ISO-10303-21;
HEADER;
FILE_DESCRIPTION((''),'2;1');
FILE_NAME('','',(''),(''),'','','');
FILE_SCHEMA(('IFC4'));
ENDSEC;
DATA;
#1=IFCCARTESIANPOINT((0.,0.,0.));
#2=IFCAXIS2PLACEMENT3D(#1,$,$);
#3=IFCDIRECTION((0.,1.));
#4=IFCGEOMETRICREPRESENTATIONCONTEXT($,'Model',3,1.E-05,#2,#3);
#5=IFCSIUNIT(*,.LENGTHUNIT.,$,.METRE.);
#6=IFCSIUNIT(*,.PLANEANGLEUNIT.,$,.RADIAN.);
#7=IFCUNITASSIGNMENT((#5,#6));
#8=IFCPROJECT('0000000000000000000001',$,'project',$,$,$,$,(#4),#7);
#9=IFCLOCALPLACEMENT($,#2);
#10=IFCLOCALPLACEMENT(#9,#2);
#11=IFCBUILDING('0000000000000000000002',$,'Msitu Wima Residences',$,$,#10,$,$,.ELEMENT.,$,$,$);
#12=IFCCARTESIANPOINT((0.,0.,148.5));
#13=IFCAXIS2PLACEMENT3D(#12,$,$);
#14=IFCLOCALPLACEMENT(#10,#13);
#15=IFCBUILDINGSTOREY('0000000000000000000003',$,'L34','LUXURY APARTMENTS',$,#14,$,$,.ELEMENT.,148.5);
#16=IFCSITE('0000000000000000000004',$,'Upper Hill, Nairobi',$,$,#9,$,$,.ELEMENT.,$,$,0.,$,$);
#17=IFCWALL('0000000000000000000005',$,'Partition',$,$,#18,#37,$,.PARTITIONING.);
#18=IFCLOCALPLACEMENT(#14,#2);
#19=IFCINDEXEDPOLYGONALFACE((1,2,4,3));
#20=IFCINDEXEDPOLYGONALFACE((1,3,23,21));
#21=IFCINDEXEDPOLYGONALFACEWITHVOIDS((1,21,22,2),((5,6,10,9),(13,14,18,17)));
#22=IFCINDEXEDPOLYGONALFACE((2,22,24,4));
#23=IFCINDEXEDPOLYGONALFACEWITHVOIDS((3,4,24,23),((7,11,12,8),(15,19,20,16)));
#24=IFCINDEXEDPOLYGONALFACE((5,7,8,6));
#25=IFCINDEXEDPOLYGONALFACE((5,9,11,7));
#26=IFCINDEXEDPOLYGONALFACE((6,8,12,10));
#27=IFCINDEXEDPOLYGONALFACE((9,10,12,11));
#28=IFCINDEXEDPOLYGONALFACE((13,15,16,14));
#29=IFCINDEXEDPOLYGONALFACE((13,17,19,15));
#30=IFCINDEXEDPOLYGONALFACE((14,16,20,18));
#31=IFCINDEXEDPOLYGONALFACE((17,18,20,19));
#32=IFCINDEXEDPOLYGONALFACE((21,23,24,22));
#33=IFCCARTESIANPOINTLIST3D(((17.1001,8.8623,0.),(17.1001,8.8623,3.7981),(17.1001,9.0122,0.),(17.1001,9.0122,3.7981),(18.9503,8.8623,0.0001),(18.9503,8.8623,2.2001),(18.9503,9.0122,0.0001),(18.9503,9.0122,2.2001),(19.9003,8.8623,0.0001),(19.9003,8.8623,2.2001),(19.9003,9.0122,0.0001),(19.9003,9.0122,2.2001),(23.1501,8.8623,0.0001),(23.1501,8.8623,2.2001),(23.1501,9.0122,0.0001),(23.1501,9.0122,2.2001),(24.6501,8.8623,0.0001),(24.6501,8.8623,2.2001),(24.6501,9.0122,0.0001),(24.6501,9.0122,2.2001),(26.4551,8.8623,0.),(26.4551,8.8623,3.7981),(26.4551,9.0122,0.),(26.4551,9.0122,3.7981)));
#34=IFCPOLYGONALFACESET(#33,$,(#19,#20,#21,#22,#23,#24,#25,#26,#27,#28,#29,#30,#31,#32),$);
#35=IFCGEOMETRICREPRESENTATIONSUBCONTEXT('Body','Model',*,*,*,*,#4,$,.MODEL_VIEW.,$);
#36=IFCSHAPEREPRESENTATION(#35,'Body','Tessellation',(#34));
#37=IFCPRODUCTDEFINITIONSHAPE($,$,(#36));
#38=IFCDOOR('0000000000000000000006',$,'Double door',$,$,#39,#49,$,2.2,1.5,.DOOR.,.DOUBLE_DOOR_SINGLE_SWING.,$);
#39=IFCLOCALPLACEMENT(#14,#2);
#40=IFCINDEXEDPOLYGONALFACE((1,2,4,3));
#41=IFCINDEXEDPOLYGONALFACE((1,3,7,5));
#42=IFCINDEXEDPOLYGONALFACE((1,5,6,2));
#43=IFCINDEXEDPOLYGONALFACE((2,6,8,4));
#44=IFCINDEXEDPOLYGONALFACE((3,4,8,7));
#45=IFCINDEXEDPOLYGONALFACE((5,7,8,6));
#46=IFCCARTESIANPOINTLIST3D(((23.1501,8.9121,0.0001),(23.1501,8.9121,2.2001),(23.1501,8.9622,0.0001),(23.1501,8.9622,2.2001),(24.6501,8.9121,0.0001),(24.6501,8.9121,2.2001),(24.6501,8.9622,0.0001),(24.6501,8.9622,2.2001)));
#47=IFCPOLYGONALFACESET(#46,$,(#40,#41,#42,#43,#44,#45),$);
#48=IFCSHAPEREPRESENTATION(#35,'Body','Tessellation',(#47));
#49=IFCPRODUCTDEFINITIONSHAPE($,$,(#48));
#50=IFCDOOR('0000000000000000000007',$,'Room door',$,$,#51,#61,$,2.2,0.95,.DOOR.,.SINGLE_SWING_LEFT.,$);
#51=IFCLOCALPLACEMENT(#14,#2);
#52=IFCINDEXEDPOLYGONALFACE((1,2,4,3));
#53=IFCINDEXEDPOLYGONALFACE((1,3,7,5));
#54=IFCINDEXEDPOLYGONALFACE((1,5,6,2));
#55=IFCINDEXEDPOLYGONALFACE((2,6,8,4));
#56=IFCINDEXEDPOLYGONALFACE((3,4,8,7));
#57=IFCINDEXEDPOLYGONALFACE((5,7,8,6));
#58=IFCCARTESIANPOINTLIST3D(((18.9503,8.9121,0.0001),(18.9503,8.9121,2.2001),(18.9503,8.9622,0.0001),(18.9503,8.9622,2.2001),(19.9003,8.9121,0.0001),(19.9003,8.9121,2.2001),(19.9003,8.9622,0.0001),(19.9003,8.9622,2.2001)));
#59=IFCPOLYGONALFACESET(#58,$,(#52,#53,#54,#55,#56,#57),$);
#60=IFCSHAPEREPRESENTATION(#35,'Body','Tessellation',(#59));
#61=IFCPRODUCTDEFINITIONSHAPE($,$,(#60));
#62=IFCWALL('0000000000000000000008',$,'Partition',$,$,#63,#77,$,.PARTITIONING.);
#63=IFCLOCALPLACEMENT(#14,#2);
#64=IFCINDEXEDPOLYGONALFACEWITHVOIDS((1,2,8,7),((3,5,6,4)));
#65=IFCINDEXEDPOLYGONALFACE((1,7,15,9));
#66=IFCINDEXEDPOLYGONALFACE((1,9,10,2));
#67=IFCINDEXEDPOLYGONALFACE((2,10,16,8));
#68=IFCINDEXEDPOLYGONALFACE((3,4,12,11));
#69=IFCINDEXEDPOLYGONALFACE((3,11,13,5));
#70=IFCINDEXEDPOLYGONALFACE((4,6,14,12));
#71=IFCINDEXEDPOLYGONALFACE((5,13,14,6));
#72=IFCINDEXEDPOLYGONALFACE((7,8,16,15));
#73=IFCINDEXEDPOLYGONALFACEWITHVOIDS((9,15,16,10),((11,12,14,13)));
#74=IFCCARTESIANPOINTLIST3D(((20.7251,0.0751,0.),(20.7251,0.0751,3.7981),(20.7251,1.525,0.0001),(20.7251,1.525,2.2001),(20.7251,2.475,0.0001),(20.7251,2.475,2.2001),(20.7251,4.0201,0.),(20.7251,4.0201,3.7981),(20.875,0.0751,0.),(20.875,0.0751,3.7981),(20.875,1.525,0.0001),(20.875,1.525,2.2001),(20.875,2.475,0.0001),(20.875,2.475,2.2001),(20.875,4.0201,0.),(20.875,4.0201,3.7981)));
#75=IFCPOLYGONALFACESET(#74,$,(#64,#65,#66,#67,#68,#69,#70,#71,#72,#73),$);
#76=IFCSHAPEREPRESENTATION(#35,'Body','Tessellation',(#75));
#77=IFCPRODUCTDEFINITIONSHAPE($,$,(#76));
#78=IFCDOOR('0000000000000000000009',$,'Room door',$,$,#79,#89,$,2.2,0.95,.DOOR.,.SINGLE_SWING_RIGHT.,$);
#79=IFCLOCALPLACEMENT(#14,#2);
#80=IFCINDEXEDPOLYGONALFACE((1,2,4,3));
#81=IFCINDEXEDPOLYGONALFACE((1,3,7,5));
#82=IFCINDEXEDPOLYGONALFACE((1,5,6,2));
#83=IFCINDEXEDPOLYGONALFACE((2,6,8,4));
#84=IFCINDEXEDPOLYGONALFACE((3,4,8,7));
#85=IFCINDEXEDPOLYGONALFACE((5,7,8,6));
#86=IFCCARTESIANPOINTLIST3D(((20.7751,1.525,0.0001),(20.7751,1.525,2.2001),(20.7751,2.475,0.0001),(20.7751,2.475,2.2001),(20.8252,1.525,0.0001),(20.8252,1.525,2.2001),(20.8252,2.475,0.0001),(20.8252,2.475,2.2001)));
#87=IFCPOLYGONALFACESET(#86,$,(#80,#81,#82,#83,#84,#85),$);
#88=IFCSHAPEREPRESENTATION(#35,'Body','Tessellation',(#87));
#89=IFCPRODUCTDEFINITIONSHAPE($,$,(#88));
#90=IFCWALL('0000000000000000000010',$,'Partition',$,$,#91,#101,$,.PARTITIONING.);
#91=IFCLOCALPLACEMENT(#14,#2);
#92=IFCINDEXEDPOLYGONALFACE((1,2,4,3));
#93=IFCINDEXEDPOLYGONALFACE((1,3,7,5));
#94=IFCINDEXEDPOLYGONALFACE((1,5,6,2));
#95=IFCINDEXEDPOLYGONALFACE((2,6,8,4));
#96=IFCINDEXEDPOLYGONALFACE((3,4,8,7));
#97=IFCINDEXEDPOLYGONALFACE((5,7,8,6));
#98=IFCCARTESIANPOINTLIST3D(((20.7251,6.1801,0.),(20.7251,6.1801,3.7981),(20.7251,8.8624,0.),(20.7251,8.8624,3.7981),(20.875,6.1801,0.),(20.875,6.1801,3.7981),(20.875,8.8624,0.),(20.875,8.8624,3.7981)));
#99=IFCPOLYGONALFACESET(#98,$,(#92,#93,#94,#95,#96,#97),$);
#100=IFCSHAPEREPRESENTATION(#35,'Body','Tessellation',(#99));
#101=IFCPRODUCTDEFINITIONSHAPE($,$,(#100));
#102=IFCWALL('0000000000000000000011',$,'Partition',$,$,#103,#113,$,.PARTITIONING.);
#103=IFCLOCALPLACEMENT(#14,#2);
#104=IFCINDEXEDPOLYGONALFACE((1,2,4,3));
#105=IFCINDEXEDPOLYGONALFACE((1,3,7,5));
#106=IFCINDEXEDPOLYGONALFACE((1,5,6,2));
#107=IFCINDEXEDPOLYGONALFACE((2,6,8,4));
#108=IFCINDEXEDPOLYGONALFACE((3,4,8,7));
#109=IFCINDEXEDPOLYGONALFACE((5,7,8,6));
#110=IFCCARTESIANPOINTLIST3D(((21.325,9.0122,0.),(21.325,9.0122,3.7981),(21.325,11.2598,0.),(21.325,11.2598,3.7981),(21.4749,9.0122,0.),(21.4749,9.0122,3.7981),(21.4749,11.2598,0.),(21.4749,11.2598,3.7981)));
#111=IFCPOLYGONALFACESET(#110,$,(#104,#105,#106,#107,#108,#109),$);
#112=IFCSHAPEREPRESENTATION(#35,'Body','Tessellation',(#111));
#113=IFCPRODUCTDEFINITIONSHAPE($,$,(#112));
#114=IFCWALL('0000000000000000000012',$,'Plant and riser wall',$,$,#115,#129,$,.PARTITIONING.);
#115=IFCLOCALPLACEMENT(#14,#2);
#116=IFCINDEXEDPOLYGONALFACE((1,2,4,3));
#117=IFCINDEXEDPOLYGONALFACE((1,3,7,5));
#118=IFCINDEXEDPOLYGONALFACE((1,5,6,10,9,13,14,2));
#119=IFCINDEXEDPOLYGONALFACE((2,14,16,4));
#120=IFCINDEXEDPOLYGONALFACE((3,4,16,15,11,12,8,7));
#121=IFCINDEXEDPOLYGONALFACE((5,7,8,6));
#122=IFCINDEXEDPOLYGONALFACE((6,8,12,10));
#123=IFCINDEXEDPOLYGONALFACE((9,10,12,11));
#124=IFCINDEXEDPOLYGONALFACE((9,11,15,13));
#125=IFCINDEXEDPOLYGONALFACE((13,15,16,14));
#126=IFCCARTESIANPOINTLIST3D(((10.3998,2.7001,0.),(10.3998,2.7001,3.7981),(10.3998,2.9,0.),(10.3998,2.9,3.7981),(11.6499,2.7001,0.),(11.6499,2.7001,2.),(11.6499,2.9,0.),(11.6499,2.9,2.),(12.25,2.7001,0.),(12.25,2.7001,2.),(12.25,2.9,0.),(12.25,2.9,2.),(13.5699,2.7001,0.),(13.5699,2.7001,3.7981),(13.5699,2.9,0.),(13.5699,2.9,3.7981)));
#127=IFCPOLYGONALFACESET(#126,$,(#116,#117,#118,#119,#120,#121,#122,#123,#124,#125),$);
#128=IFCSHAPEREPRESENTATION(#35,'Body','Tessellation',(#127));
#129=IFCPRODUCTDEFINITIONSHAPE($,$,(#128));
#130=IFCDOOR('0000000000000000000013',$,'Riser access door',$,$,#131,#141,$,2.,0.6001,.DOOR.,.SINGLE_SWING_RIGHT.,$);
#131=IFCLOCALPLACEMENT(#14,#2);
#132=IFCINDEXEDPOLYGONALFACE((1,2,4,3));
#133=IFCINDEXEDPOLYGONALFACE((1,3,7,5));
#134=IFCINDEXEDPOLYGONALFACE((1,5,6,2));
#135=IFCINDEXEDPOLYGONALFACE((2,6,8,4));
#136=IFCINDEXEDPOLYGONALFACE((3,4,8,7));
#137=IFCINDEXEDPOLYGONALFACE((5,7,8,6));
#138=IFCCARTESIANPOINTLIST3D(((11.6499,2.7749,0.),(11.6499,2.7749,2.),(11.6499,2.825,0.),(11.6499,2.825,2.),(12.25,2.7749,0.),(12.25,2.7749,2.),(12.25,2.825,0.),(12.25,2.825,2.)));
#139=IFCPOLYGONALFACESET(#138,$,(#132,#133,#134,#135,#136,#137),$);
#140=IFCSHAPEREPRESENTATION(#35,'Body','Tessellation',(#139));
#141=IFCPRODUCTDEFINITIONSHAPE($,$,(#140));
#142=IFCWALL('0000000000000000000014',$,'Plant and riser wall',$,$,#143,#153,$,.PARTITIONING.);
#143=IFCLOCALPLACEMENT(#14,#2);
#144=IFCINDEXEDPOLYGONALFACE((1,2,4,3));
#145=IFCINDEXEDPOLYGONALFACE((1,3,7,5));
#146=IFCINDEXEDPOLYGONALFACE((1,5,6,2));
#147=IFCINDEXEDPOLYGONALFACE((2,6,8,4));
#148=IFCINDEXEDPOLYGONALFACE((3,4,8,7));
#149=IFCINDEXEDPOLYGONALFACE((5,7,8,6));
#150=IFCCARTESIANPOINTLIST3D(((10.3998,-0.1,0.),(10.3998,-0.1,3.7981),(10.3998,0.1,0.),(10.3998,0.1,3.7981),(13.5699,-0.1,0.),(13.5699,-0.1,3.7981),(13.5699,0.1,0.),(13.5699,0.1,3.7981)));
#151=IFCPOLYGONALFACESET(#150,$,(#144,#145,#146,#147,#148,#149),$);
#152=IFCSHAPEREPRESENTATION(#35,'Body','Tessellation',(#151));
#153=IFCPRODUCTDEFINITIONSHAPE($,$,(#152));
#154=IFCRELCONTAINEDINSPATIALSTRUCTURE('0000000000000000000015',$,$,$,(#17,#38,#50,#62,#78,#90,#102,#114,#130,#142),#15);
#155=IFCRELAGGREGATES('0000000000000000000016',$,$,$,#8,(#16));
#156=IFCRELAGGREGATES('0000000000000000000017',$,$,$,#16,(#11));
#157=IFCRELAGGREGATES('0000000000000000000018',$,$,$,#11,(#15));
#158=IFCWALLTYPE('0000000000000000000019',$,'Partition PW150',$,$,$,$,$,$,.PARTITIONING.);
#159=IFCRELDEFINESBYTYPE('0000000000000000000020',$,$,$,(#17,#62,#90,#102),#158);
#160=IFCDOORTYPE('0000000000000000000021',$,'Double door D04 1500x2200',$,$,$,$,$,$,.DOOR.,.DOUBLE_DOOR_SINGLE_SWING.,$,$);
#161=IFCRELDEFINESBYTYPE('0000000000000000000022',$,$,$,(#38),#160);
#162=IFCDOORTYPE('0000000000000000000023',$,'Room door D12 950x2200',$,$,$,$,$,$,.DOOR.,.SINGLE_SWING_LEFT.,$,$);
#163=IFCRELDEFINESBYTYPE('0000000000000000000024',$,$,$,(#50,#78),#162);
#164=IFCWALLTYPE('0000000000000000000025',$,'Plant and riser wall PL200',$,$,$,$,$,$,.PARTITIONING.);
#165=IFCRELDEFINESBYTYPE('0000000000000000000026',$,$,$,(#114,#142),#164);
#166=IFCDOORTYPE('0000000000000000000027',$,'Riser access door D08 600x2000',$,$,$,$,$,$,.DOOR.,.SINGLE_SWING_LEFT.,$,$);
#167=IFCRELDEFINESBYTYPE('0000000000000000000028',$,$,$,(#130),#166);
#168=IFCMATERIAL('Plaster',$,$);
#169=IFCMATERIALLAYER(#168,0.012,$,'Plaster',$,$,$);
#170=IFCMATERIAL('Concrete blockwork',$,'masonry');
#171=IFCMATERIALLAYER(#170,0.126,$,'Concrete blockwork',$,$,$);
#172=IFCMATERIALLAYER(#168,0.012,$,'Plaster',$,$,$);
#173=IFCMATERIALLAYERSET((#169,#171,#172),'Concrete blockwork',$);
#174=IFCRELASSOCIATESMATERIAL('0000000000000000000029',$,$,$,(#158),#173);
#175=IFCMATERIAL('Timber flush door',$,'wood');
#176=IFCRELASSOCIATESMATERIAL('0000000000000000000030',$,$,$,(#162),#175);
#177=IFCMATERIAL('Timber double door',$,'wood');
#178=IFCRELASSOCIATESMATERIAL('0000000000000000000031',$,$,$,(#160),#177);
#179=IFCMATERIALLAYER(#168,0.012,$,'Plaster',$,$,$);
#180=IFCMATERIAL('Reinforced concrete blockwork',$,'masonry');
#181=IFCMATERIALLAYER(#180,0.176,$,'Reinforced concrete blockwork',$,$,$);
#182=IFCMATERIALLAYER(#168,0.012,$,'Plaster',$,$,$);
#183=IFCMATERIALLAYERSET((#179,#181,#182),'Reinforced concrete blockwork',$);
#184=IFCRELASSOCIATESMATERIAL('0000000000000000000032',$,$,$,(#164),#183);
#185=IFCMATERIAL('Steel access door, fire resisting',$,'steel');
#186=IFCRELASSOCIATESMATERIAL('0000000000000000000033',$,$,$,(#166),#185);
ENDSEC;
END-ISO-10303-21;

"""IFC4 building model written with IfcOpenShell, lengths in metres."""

from ifc_helpers import new_model, si_unit, direction, frame, frame_2d, origin, place, context, subcontext, project, spatial, rectangle, extrude, material, layer, layer_set, type_object, element, fill, save


model = new_model("IFC4")

# Units and contexts
model_context = context("Model", 3, precision=1e-05, world=origin(), true_north=direction((0.0, 1.0)))
body_context = subcontext(model_context, "Body", "Model", "MODEL_VIEW")
ifc_project = project(units=[si_unit("LENGTHUNIT", "METRE"), si_unit("PLANEANGLEUNIT", "RADIAN")], contexts=[model_context])

# Site, building, storey
site_placement = place(None, origin())
site = spatial("IfcSite", under=ifc_project, at=site_placement, Name="Upper Hill, Nairobi", CompositionType="ELEMENT", RefElevation=0.0)
building_placement = place(site_placement, origin())
building = spatial("IfcBuilding", under=site, at=building_placement, Name="Msitu Wima Residences", CompositionType="ELEMENT")
storey_placement = place(building_placement, frame((0.0, 0.0, 148.5)))
storey = spatial("IfcBuildingStorey", under=building, at=storey_placement, Name="L34", Description="LUXURY APARTMENTS", CompositionType="ELEMENT", Elevation=148.5)

# Shared definitions
ifc_material_1 = material(Name="Plaster")
ifc_layer_1 = layer(ifc_material_1, 0.012, Name="Plaster")
ifc_material_2 = material(Name="Concrete blockwork", Category="masonry")
ifc_layer_2 = layer(ifc_material_2, 0.126, Name="Concrete blockwork")
ifc_layer_3 = layer(ifc_material_1, 0.012, Name="Plaster")
ifc_layer_set_1 = layer_set([ifc_layer_1, ifc_layer_2, ifc_layer_3], Name="Concrete blockwork")
wall_type_1 = type_object("IfcWallType", Name="Partition PW150", PredefinedType="PARTITIONING", material=ifc_layer_set_1)
ifc_material_3 = material(Name="Timber flush door", Category="wood")
door_type_1 = type_object("IfcDoorType", Name="Room door D12 950x2200", OperationType="SINGLE_SWING_LEFT", PredefinedType="DOOR", material=ifc_material_3)

# Wall, openings, doors
wall_1_placement = place(storey_placement, frame((17.1001, 8.9373, 0.0), z_axis=(0.0, 0.0, 1.0), x_axis=(1.0, 0.0, 0.0)))
wall_1 = element("IfcWall", 1, at=wall_1_placement, inside=storey, type_object=wall_type_1, Name="Partition", PredefinedType="PARTITIONING", context=body_context, shape_type="SweptSolid", body=[
    extrude(rectangle(XDim=9.355, YDim=0.1499, at=frame_2d((4.6775, 0.0))), origin(), (0.0, 0.0, 1.0), 3.7981),
])
opening_1_placement = place(wall_1_placement, frame((6.05, 0.0, 0.0)))
opening_1 = element("IfcOpeningElement", 2, at=opening_1_placement, cuts=wall_1, PredefinedType="OPENING", context=body_context, shape_type="SweptSolid", body=[
    extrude(rectangle(XDim=1.5, YDim=2.2, at=frame_2d((0.75, 1.1001))), frame((0.0, 0.085, 0.0), z_axis=(0.0, -1.0, 0.0), x_axis=(1.0, 0.0, 0.0)), (0.0, 0.0, 1.0), 0.1699),
])
opening_2_placement = place(wall_1_placement, frame((1.8501, 0.0, 0.0)))
opening_2 = element("IfcOpeningElement", 3, at=opening_2_placement, cuts=wall_1, PredefinedType="OPENING", context=body_context, shape_type="SweptSolid", body=[
    extrude(rectangle(XDim=0.95, YDim=2.2, at=frame_2d((0.4751, 1.1001))), frame((0.0, 0.085, 0.0), z_axis=(0.0, -1.0, 0.0), x_axis=(1.0, 0.0, 0.0)), (0.0, 0.0, 1.0), 0.1699),
])
ifc_material_4 = material(Name="Timber double door", Category="wood")
door_type_2 = type_object("IfcDoorType", Name="Double door D04 1500x2200", OperationType="DOUBLE_DOOR_SINGLE_SWING", PredefinedType="DOOR", material=ifc_material_4)
door_1_placement = place(opening_1_placement, origin())
door_1 = element("IfcDoor", 4, at=door_1_placement, inside=storey, type_object=door_type_2, Name="Double door", OperationType="DOUBLE_DOOR_SINGLE_SWING", OverallHeight=2.2, OverallWidth=1.5, PredefinedType="DOOR", context=body_context, shape_type="SweptSolid", body=[
    extrude(rectangle(XDim=1.5, YDim=2.2, at=frame_2d((0.75, 1.1001))), frame((0.0, 0.0249, 0.0), z_axis=(0.0, -1.0, 0.0), x_axis=(1.0, 0.0, 0.0)), (0.0, 0.0, 1.0), 0.05),
])
fill(opening_1, door_1)
door_2_placement = place(opening_2_placement, origin())
door_2 = element("IfcDoor", 5, at=door_2_placement, inside=storey, type_object=door_type_1, Name="Room door", OperationType="SINGLE_SWING_LEFT", OverallHeight=2.2, OverallWidth=0.95, PredefinedType="DOOR", context=body_context, shape_type="SweptSolid", body=[
    extrude(rectangle(XDim=0.95, YDim=2.2, at=frame_2d((0.4751, 1.1001))), frame((0.0, 0.0249, 0.0), z_axis=(0.0, -1.0, 0.0), x_axis=(1.0, 0.0, 0.0)), (0.0, 0.0, 1.0), 0.05),
])
fill(opening_2, door_2)

# Wall, opening, door
wall_2_placement = place(storey_placement, frame((20.8, 0.075, 0.0), z_axis=(0.0, 0.0, 1.0), x_axis=(0.0, 1.0, 0.0)))
wall_2 = element("IfcWall", 6, at=wall_2_placement, inside=storey, type_object=wall_type_1, Name="Partition", PredefinedType="PARTITIONING", context=body_context, shape_type="SweptSolid", body=[
    extrude(rectangle(XDim=3.9451, YDim=0.1499, at=frame_2d((1.9727, 0.0))), origin(), (0.0, 0.0, 1.0), 3.7981),
])
opening_3_placement = place(wall_2_placement, frame((1.45, 0.0, 0.0)))
opening_3 = element("IfcOpeningElement", 7, at=opening_3_placement, cuts=wall_2, PredefinedType="OPENING", context=body_context, shape_type="SweptSolid", body=[
    extrude(rectangle(XDim=0.95, YDim=2.2, at=frame_2d((0.4751, 1.1001))), frame((0.0, 0.085, 0.0), z_axis=(0.0, -1.0, 0.0), x_axis=(1.0, 0.0, 0.0)), (0.0, 0.0, 1.0), 0.1699),
])
door_3_placement = place(opening_3_placement, origin())
door_3 = element("IfcDoor", 8, at=door_3_placement, inside=storey, type_object=door_type_1, Name="Room door", OperationType="SINGLE_SWING_RIGHT", OverallHeight=2.2, OverallWidth=0.95, PredefinedType="DOOR", context=body_context, shape_type="SweptSolid", body=[
    extrude(rectangle(XDim=0.95, YDim=2.2, at=frame_2d((0.4751, 1.1001))), frame((0.0, 0.0249, 0.0), z_axis=(0.0, -1.0, 0.0), x_axis=(1.0, 0.0, 0.0)), (0.0, 0.0, 1.0), 0.05),
])
fill(opening_3, door_3)

# Walls
wall_3_placement = place(storey_placement, frame((20.8, 6.1799, 0.0), z_axis=(0.0, 0.0, 1.0), x_axis=(0.0, 1.0, 0.0)))
element("IfcWall", 9, at=wall_3_placement, inside=storey, type_object=wall_type_1, Name="Partition", PredefinedType="PARTITIONING", context=body_context, shape_type="SweptSolid", body=[
    extrude(rectangle(XDim=2.6824, YDim=0.1499, at=frame_2d((1.3413, 0.0))), origin(), (0.0, 0.0, 1.0), 3.7981),
])
wall_4_placement = place(storey_placement, frame((21.3999, 9.0122, 0.0), z_axis=(0.0, 0.0, 1.0), x_axis=(0.0, 1.0, 0.0)))
element("IfcWall", 10, at=wall_4_placement, inside=storey, type_object=wall_type_1, Name="Partition", PredefinedType="PARTITIONING", context=body_context, shape_type="SweptSolid", body=[
    extrude(rectangle(XDim=2.2476, YDim=0.1499, at=frame_2d((1.1238, 0.0))), origin(), (0.0, 0.0, 1.0), 3.7981),
])

# Wall, opening, door
ifc_layer_4 = layer(ifc_material_1, 0.012, Name="Plaster")
ifc_material_5 = material(Name="Reinforced concrete blockwork", Category="masonry")
ifc_layer_5 = layer(ifc_material_5, 0.176, Name="Reinforced concrete blockwork")
ifc_layer_6 = layer(ifc_material_1, 0.012, Name="Plaster")
ifc_layer_set_2 = layer_set([ifc_layer_4, ifc_layer_5, ifc_layer_6], Name="Reinforced concrete blockwork")
wall_type_2 = type_object("IfcWallType", Name="Plant and riser wall PL200", PredefinedType="PARTITIONING", material=ifc_layer_set_2)
wall_5_placement = place(storey_placement, frame((10.3999, 2.8, 0.0), z_axis=(0.0, 0.0, 1.0), x_axis=(1.0, 0.0, 0.0)))
wall_5 = element("IfcWall", 11, at=wall_5_placement, inside=storey, type_object=wall_type_2, Name="Plant and riser wall", PredefinedType="PARTITIONING", context=body_context, shape_type="SweptSolid", body=[
    extrude(rectangle(XDim=3.1702, YDim=0.2, at=frame_2d((1.585, 0.0))), origin(), (0.0, 0.0, 1.0), 3.7981),
])
opening_4_placement = place(wall_5_placement, frame((1.25, 0.0, 0.0)))
opening_4 = element("IfcOpeningElement", 12, at=opening_4_placement, cuts=wall_5, PredefinedType="OPENING", context=body_context, shape_type="SweptSolid", body=[
    extrude(rectangle(XDim=0.6001, YDim=2.0, at=frame_2d((0.3, 1.0))), frame((0.0, 0.1099, 0.0), z_axis=(0.0, -1.0, 0.0), x_axis=(1.0, 0.0, 0.0)), (0.0, 0.0, 1.0), 0.22),
])
ifc_material_6 = material(Name="Steel access door, fire resisting", Category="steel")
door_type_3 = type_object("IfcDoorType", Name="Riser access door D08 600x2000", OperationType="SINGLE_SWING_LEFT", PredefinedType="DOOR", material=ifc_material_6)
door_4_placement = place(opening_4_placement, origin())
door_4 = element("IfcDoor", 13, at=door_4_placement, inside=storey, type_object=door_type_3, Name="Riser access door", OperationType="SINGLE_SWING_RIGHT", OverallHeight=2.0, OverallWidth=0.6001, PredefinedType="DOOR", context=body_context, shape_type="SweptSolid", body=[
    extrude(rectangle(XDim=0.6001, YDim=2.0, at=frame_2d((0.3, 1.0))), frame((0.0, 0.0249, 0.0), z_axis=(0.0, -1.0, 0.0), x_axis=(1.0, 0.0, 0.0)), (0.0, 0.0, 1.0), 0.05),
])
fill(opening_4, door_4)

# Wall
wall_6_placement = place(storey_placement, frame((10.3999, 0.0, 0.0), z_axis=(0.0, 0.0, 1.0), x_axis=(1.0, 0.0, 0.0)))
element("IfcWall", 14, at=wall_6_placement, inside=storey, type_object=wall_type_2, Name="Plant and riser wall", PredefinedType="PARTITIONING", context=body_context, shape_type="SweptSolid", body=[
    extrude(rectangle(XDim=3.1702, YDim=0.2, at=frame_2d((1.585, 0.0))), origin(), (0.0, 0.0, 1.0), 3.7981),
])

save(model, "model.ifc")
